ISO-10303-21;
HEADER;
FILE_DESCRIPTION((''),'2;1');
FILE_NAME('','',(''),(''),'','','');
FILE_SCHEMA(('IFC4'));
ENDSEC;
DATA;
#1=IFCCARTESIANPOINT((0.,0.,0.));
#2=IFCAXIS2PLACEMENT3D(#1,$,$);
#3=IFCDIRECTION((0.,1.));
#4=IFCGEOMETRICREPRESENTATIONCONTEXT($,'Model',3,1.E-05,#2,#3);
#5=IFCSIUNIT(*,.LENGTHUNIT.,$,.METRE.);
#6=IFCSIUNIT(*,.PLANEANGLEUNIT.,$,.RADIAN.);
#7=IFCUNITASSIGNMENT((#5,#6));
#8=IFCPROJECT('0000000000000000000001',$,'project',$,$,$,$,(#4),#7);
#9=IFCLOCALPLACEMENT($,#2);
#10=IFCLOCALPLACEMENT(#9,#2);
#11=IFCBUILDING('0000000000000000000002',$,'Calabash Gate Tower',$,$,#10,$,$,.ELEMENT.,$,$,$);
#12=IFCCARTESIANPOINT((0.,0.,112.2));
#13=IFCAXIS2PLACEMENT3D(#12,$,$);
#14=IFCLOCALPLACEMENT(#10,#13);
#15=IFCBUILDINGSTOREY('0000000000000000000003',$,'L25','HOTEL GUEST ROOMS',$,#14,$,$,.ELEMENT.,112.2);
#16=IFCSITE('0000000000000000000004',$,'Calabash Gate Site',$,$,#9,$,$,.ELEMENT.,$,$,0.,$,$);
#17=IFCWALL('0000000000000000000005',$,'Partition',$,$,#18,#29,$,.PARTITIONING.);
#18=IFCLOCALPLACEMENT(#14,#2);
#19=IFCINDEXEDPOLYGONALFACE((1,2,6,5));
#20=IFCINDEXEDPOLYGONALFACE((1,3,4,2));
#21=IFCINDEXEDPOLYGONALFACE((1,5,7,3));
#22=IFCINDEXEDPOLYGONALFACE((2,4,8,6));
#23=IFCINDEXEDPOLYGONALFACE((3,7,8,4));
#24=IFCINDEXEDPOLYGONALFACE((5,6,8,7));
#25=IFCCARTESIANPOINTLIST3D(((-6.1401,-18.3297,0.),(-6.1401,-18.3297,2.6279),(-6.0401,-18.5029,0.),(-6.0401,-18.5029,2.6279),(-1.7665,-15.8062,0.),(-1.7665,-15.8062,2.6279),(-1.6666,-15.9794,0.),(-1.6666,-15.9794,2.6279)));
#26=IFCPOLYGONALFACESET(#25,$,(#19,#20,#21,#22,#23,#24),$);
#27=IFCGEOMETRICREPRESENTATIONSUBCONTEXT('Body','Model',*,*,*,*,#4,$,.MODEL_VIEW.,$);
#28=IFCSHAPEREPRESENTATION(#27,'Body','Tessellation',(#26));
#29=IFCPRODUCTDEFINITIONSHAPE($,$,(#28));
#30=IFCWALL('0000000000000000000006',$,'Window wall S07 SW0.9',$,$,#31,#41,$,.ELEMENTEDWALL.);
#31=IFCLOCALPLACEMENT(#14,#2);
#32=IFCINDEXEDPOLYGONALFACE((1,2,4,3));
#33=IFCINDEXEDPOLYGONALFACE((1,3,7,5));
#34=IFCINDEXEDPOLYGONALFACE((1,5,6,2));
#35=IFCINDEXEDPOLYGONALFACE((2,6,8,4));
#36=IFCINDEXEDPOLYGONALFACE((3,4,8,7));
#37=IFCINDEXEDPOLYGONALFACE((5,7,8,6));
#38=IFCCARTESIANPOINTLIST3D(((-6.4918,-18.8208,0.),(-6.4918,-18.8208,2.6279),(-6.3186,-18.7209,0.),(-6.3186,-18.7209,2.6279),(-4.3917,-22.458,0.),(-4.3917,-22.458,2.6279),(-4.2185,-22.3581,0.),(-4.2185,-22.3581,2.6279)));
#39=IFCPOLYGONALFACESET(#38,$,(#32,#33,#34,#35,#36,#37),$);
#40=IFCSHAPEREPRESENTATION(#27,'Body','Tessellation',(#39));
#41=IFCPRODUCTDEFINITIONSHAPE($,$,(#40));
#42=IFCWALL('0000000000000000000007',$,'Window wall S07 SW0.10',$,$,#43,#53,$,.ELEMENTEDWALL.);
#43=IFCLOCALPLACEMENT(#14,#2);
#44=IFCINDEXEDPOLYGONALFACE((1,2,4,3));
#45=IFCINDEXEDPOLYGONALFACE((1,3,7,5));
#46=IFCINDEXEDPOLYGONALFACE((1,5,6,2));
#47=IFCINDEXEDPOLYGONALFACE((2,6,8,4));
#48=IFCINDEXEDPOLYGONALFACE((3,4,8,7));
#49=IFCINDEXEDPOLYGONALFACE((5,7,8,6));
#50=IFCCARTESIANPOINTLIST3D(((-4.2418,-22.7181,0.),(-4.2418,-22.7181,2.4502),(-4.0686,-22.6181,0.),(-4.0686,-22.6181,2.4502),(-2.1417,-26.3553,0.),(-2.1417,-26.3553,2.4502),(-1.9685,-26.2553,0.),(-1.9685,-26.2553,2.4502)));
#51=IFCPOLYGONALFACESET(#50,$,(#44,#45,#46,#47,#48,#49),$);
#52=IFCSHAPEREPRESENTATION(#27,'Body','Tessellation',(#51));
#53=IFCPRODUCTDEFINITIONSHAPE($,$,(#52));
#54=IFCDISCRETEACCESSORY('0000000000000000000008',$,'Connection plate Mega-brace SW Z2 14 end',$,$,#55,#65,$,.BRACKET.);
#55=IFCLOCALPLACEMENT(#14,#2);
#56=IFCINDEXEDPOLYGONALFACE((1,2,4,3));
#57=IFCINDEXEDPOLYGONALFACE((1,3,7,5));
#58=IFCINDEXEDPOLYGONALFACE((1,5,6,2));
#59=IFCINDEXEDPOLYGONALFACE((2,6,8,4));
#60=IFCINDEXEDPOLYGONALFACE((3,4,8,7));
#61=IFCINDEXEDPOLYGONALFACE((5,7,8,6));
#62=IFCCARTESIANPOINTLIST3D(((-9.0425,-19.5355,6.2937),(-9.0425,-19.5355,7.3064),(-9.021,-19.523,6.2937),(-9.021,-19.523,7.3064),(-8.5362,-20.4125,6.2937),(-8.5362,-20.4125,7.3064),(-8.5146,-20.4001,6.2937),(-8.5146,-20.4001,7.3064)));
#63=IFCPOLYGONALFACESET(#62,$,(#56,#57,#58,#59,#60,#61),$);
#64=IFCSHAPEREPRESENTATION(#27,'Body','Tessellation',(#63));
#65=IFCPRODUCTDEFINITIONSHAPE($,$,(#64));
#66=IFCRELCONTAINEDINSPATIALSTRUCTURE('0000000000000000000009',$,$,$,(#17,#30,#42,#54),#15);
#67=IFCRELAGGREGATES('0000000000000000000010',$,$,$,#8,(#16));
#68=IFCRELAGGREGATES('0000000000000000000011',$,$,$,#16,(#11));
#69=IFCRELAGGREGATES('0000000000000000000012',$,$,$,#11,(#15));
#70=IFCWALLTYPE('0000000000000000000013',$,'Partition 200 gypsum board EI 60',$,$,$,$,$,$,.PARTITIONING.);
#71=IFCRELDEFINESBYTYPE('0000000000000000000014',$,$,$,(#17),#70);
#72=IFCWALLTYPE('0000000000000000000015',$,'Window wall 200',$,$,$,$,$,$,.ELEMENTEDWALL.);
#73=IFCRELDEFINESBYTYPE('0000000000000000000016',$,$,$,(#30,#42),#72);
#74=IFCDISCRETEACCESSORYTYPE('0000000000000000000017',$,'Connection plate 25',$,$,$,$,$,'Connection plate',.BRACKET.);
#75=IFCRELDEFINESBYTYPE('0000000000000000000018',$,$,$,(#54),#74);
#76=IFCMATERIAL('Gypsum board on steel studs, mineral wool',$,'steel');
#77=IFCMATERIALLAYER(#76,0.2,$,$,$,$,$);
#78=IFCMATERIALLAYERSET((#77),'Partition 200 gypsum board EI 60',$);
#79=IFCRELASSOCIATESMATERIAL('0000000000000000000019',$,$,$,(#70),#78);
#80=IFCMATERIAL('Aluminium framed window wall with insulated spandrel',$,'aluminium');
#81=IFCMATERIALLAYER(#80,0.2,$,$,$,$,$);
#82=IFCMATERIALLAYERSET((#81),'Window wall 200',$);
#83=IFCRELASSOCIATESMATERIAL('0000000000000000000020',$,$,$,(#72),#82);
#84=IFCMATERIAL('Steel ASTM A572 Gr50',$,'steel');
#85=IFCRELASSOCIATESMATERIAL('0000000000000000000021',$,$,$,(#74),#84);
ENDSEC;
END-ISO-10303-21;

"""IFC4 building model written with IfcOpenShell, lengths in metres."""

from ifc_helpers import new_model, si_unit, direction, frame, frame_2d, origin, origin_2d, place, context, subcontext, project, spatial, rectangle, extrude, material, layer, layer_set, type_object, element, save


model = new_model("IFC4")

# Units and contexts
model_context = context("Model", 3, precision=1e-05, world=origin(), true_north=direction((0.0, 1.0)))
body_context = subcontext(model_context, "Body", "Model", "MODEL_VIEW")
ifc_project = project(units=[si_unit("LENGTHUNIT", "METRE"), si_unit("PLANEANGLEUNIT", "RADIAN")], contexts=[model_context])

# Site, building, storey
site_placement = place(None, origin())
site = spatial("IfcSite", under=ifc_project, at=site_placement, Name="Calabash Gate Site", CompositionType="ELEMENT", RefElevation=0.0)
building_placement = place(site_placement, origin())
building = spatial("IfcBuilding", under=site, at=building_placement, Name="Calabash Gate Tower", CompositionType="ELEMENT")
storey_placement = place(building_placement, frame((0.0, 0.0, 112.2)))
storey = spatial("IfcBuildingStorey", under=building, at=storey_placement, Name="L25", Description="HOTEL GUEST ROOMS", CompositionType="ELEMENT", Elevation=112.2)

# Walls
ifc_material_1 = material(Name="Gypsum board on steel studs, mineral wool", Category="steel")
ifc_layer_1 = layer(ifc_material_1, 0.2)
ifc_layer_set_1 = layer_set([ifc_layer_1], Name="Partition 200 gypsum board EI 60")
wall_type_1 = type_object("IfcWallType", Name="Partition 200 gypsum board EI 60", PredefinedType="PARTITIONING", material=ifc_layer_set_1)
wall_1_placement = place(storey_placement, frame((-6.0901, -18.4163, 0.0), z_axis=(0.0, 0.0, 1.0), x_axis=(0.866165, 0.499759, 0.0)))
element("IfcWall", 1, at=wall_1_placement, inside=storey, type_object=wall_type_1, Name="Partition", PredefinedType="PARTITIONING", context=body_context, shape_type="SweptSolid", body=[
    extrude(rectangle(XDim=5.0493, YDim=0.2, at=frame_2d((2.5247, 0.0))), origin(), (0.0, 0.0, 1.0), 2.6279),
])
ifc_material_2 = material(Name="Aluminium framed window wall with insulated spandrel", Category="aluminium")
ifc_layer_2 = layer(ifc_material_2, 0.2)
ifc_layer_set_2 = layer_set([ifc_layer_2], Name="Window wall 200")
wall_type_2 = type_object("IfcWallType", Name="Window wall 200", PredefinedType="ELEMENTEDWALL", material=ifc_layer_set_2)
wall_2_placement = place(storey_placement, frame((-6.4053, -18.7708, 0.0), z_axis=(0.0, 0.0, 1.0), x_axis=(0.500028, -0.866009, 0.0)))
element("IfcWall", 2, at=wall_2_placement, inside=storey, type_object=wall_type_2, Name="Window wall S07 SW0.9", PredefinedType="ELEMENTEDWALL", context=body_context, shape_type="SweptSolid", body=[
    extrude(rectangle(XDim=4.2, YDim=0.2, at=frame_2d((2.1001, 0.0))), origin(), (0.0, 0.0, 1.0), 2.6279),
])
wall_3_placement = place(storey_placement, frame((-4.1553, -22.668, 0.0), z_axis=(0.0, 0.0, 1.0), x_axis=(0.500028, -0.866009, 0.0)))
element("IfcWall", 3, at=wall_3_placement, inside=storey, type_object=wall_type_2, Name="Window wall S07 SW0.10", PredefinedType="ELEMENTEDWALL", context=body_context, shape_type="SweptSolid", body=[
    extrude(rectangle(XDim=4.2, YDim=0.2, at=frame_2d((2.1001, 0.0))), origin(), (0.0, 0.0, 1.0), 2.4502),
])

# Discrete accessory
ifc_material_3 = material(Name="Steel ASTM A572 Gr50", Category="steel")
discrete_accessory_type = type_object("IfcDiscreteAccessoryType", Name="Connection plate 25", ElementType="Connection plate", PredefinedType="BRACKET", material=ifc_material_3)
discrete_accessory_placement = place(storey_placement, frame((-8.7786, -19.9678, 6.2937), z_axis=(0.0, 0.0, 1.0), x_axis=(0.5, -0.866025, 0.0)))
element("IfcDiscreteAccessory", 4, at=discrete_accessory_placement, inside=storey, type_object=discrete_accessory_type, Name="Connection plate Mega-brace SW Z2 14 end", PredefinedType="BRACKET", context=body_context, shape_type="SweptSolid", body=[
    extrude(rectangle(XDim=1.0127, YDim=0.0249, at=origin_2d()), origin(), (0.0, 0.0, 1.0), 1.0127),
])

save(model, "model.ifc")
